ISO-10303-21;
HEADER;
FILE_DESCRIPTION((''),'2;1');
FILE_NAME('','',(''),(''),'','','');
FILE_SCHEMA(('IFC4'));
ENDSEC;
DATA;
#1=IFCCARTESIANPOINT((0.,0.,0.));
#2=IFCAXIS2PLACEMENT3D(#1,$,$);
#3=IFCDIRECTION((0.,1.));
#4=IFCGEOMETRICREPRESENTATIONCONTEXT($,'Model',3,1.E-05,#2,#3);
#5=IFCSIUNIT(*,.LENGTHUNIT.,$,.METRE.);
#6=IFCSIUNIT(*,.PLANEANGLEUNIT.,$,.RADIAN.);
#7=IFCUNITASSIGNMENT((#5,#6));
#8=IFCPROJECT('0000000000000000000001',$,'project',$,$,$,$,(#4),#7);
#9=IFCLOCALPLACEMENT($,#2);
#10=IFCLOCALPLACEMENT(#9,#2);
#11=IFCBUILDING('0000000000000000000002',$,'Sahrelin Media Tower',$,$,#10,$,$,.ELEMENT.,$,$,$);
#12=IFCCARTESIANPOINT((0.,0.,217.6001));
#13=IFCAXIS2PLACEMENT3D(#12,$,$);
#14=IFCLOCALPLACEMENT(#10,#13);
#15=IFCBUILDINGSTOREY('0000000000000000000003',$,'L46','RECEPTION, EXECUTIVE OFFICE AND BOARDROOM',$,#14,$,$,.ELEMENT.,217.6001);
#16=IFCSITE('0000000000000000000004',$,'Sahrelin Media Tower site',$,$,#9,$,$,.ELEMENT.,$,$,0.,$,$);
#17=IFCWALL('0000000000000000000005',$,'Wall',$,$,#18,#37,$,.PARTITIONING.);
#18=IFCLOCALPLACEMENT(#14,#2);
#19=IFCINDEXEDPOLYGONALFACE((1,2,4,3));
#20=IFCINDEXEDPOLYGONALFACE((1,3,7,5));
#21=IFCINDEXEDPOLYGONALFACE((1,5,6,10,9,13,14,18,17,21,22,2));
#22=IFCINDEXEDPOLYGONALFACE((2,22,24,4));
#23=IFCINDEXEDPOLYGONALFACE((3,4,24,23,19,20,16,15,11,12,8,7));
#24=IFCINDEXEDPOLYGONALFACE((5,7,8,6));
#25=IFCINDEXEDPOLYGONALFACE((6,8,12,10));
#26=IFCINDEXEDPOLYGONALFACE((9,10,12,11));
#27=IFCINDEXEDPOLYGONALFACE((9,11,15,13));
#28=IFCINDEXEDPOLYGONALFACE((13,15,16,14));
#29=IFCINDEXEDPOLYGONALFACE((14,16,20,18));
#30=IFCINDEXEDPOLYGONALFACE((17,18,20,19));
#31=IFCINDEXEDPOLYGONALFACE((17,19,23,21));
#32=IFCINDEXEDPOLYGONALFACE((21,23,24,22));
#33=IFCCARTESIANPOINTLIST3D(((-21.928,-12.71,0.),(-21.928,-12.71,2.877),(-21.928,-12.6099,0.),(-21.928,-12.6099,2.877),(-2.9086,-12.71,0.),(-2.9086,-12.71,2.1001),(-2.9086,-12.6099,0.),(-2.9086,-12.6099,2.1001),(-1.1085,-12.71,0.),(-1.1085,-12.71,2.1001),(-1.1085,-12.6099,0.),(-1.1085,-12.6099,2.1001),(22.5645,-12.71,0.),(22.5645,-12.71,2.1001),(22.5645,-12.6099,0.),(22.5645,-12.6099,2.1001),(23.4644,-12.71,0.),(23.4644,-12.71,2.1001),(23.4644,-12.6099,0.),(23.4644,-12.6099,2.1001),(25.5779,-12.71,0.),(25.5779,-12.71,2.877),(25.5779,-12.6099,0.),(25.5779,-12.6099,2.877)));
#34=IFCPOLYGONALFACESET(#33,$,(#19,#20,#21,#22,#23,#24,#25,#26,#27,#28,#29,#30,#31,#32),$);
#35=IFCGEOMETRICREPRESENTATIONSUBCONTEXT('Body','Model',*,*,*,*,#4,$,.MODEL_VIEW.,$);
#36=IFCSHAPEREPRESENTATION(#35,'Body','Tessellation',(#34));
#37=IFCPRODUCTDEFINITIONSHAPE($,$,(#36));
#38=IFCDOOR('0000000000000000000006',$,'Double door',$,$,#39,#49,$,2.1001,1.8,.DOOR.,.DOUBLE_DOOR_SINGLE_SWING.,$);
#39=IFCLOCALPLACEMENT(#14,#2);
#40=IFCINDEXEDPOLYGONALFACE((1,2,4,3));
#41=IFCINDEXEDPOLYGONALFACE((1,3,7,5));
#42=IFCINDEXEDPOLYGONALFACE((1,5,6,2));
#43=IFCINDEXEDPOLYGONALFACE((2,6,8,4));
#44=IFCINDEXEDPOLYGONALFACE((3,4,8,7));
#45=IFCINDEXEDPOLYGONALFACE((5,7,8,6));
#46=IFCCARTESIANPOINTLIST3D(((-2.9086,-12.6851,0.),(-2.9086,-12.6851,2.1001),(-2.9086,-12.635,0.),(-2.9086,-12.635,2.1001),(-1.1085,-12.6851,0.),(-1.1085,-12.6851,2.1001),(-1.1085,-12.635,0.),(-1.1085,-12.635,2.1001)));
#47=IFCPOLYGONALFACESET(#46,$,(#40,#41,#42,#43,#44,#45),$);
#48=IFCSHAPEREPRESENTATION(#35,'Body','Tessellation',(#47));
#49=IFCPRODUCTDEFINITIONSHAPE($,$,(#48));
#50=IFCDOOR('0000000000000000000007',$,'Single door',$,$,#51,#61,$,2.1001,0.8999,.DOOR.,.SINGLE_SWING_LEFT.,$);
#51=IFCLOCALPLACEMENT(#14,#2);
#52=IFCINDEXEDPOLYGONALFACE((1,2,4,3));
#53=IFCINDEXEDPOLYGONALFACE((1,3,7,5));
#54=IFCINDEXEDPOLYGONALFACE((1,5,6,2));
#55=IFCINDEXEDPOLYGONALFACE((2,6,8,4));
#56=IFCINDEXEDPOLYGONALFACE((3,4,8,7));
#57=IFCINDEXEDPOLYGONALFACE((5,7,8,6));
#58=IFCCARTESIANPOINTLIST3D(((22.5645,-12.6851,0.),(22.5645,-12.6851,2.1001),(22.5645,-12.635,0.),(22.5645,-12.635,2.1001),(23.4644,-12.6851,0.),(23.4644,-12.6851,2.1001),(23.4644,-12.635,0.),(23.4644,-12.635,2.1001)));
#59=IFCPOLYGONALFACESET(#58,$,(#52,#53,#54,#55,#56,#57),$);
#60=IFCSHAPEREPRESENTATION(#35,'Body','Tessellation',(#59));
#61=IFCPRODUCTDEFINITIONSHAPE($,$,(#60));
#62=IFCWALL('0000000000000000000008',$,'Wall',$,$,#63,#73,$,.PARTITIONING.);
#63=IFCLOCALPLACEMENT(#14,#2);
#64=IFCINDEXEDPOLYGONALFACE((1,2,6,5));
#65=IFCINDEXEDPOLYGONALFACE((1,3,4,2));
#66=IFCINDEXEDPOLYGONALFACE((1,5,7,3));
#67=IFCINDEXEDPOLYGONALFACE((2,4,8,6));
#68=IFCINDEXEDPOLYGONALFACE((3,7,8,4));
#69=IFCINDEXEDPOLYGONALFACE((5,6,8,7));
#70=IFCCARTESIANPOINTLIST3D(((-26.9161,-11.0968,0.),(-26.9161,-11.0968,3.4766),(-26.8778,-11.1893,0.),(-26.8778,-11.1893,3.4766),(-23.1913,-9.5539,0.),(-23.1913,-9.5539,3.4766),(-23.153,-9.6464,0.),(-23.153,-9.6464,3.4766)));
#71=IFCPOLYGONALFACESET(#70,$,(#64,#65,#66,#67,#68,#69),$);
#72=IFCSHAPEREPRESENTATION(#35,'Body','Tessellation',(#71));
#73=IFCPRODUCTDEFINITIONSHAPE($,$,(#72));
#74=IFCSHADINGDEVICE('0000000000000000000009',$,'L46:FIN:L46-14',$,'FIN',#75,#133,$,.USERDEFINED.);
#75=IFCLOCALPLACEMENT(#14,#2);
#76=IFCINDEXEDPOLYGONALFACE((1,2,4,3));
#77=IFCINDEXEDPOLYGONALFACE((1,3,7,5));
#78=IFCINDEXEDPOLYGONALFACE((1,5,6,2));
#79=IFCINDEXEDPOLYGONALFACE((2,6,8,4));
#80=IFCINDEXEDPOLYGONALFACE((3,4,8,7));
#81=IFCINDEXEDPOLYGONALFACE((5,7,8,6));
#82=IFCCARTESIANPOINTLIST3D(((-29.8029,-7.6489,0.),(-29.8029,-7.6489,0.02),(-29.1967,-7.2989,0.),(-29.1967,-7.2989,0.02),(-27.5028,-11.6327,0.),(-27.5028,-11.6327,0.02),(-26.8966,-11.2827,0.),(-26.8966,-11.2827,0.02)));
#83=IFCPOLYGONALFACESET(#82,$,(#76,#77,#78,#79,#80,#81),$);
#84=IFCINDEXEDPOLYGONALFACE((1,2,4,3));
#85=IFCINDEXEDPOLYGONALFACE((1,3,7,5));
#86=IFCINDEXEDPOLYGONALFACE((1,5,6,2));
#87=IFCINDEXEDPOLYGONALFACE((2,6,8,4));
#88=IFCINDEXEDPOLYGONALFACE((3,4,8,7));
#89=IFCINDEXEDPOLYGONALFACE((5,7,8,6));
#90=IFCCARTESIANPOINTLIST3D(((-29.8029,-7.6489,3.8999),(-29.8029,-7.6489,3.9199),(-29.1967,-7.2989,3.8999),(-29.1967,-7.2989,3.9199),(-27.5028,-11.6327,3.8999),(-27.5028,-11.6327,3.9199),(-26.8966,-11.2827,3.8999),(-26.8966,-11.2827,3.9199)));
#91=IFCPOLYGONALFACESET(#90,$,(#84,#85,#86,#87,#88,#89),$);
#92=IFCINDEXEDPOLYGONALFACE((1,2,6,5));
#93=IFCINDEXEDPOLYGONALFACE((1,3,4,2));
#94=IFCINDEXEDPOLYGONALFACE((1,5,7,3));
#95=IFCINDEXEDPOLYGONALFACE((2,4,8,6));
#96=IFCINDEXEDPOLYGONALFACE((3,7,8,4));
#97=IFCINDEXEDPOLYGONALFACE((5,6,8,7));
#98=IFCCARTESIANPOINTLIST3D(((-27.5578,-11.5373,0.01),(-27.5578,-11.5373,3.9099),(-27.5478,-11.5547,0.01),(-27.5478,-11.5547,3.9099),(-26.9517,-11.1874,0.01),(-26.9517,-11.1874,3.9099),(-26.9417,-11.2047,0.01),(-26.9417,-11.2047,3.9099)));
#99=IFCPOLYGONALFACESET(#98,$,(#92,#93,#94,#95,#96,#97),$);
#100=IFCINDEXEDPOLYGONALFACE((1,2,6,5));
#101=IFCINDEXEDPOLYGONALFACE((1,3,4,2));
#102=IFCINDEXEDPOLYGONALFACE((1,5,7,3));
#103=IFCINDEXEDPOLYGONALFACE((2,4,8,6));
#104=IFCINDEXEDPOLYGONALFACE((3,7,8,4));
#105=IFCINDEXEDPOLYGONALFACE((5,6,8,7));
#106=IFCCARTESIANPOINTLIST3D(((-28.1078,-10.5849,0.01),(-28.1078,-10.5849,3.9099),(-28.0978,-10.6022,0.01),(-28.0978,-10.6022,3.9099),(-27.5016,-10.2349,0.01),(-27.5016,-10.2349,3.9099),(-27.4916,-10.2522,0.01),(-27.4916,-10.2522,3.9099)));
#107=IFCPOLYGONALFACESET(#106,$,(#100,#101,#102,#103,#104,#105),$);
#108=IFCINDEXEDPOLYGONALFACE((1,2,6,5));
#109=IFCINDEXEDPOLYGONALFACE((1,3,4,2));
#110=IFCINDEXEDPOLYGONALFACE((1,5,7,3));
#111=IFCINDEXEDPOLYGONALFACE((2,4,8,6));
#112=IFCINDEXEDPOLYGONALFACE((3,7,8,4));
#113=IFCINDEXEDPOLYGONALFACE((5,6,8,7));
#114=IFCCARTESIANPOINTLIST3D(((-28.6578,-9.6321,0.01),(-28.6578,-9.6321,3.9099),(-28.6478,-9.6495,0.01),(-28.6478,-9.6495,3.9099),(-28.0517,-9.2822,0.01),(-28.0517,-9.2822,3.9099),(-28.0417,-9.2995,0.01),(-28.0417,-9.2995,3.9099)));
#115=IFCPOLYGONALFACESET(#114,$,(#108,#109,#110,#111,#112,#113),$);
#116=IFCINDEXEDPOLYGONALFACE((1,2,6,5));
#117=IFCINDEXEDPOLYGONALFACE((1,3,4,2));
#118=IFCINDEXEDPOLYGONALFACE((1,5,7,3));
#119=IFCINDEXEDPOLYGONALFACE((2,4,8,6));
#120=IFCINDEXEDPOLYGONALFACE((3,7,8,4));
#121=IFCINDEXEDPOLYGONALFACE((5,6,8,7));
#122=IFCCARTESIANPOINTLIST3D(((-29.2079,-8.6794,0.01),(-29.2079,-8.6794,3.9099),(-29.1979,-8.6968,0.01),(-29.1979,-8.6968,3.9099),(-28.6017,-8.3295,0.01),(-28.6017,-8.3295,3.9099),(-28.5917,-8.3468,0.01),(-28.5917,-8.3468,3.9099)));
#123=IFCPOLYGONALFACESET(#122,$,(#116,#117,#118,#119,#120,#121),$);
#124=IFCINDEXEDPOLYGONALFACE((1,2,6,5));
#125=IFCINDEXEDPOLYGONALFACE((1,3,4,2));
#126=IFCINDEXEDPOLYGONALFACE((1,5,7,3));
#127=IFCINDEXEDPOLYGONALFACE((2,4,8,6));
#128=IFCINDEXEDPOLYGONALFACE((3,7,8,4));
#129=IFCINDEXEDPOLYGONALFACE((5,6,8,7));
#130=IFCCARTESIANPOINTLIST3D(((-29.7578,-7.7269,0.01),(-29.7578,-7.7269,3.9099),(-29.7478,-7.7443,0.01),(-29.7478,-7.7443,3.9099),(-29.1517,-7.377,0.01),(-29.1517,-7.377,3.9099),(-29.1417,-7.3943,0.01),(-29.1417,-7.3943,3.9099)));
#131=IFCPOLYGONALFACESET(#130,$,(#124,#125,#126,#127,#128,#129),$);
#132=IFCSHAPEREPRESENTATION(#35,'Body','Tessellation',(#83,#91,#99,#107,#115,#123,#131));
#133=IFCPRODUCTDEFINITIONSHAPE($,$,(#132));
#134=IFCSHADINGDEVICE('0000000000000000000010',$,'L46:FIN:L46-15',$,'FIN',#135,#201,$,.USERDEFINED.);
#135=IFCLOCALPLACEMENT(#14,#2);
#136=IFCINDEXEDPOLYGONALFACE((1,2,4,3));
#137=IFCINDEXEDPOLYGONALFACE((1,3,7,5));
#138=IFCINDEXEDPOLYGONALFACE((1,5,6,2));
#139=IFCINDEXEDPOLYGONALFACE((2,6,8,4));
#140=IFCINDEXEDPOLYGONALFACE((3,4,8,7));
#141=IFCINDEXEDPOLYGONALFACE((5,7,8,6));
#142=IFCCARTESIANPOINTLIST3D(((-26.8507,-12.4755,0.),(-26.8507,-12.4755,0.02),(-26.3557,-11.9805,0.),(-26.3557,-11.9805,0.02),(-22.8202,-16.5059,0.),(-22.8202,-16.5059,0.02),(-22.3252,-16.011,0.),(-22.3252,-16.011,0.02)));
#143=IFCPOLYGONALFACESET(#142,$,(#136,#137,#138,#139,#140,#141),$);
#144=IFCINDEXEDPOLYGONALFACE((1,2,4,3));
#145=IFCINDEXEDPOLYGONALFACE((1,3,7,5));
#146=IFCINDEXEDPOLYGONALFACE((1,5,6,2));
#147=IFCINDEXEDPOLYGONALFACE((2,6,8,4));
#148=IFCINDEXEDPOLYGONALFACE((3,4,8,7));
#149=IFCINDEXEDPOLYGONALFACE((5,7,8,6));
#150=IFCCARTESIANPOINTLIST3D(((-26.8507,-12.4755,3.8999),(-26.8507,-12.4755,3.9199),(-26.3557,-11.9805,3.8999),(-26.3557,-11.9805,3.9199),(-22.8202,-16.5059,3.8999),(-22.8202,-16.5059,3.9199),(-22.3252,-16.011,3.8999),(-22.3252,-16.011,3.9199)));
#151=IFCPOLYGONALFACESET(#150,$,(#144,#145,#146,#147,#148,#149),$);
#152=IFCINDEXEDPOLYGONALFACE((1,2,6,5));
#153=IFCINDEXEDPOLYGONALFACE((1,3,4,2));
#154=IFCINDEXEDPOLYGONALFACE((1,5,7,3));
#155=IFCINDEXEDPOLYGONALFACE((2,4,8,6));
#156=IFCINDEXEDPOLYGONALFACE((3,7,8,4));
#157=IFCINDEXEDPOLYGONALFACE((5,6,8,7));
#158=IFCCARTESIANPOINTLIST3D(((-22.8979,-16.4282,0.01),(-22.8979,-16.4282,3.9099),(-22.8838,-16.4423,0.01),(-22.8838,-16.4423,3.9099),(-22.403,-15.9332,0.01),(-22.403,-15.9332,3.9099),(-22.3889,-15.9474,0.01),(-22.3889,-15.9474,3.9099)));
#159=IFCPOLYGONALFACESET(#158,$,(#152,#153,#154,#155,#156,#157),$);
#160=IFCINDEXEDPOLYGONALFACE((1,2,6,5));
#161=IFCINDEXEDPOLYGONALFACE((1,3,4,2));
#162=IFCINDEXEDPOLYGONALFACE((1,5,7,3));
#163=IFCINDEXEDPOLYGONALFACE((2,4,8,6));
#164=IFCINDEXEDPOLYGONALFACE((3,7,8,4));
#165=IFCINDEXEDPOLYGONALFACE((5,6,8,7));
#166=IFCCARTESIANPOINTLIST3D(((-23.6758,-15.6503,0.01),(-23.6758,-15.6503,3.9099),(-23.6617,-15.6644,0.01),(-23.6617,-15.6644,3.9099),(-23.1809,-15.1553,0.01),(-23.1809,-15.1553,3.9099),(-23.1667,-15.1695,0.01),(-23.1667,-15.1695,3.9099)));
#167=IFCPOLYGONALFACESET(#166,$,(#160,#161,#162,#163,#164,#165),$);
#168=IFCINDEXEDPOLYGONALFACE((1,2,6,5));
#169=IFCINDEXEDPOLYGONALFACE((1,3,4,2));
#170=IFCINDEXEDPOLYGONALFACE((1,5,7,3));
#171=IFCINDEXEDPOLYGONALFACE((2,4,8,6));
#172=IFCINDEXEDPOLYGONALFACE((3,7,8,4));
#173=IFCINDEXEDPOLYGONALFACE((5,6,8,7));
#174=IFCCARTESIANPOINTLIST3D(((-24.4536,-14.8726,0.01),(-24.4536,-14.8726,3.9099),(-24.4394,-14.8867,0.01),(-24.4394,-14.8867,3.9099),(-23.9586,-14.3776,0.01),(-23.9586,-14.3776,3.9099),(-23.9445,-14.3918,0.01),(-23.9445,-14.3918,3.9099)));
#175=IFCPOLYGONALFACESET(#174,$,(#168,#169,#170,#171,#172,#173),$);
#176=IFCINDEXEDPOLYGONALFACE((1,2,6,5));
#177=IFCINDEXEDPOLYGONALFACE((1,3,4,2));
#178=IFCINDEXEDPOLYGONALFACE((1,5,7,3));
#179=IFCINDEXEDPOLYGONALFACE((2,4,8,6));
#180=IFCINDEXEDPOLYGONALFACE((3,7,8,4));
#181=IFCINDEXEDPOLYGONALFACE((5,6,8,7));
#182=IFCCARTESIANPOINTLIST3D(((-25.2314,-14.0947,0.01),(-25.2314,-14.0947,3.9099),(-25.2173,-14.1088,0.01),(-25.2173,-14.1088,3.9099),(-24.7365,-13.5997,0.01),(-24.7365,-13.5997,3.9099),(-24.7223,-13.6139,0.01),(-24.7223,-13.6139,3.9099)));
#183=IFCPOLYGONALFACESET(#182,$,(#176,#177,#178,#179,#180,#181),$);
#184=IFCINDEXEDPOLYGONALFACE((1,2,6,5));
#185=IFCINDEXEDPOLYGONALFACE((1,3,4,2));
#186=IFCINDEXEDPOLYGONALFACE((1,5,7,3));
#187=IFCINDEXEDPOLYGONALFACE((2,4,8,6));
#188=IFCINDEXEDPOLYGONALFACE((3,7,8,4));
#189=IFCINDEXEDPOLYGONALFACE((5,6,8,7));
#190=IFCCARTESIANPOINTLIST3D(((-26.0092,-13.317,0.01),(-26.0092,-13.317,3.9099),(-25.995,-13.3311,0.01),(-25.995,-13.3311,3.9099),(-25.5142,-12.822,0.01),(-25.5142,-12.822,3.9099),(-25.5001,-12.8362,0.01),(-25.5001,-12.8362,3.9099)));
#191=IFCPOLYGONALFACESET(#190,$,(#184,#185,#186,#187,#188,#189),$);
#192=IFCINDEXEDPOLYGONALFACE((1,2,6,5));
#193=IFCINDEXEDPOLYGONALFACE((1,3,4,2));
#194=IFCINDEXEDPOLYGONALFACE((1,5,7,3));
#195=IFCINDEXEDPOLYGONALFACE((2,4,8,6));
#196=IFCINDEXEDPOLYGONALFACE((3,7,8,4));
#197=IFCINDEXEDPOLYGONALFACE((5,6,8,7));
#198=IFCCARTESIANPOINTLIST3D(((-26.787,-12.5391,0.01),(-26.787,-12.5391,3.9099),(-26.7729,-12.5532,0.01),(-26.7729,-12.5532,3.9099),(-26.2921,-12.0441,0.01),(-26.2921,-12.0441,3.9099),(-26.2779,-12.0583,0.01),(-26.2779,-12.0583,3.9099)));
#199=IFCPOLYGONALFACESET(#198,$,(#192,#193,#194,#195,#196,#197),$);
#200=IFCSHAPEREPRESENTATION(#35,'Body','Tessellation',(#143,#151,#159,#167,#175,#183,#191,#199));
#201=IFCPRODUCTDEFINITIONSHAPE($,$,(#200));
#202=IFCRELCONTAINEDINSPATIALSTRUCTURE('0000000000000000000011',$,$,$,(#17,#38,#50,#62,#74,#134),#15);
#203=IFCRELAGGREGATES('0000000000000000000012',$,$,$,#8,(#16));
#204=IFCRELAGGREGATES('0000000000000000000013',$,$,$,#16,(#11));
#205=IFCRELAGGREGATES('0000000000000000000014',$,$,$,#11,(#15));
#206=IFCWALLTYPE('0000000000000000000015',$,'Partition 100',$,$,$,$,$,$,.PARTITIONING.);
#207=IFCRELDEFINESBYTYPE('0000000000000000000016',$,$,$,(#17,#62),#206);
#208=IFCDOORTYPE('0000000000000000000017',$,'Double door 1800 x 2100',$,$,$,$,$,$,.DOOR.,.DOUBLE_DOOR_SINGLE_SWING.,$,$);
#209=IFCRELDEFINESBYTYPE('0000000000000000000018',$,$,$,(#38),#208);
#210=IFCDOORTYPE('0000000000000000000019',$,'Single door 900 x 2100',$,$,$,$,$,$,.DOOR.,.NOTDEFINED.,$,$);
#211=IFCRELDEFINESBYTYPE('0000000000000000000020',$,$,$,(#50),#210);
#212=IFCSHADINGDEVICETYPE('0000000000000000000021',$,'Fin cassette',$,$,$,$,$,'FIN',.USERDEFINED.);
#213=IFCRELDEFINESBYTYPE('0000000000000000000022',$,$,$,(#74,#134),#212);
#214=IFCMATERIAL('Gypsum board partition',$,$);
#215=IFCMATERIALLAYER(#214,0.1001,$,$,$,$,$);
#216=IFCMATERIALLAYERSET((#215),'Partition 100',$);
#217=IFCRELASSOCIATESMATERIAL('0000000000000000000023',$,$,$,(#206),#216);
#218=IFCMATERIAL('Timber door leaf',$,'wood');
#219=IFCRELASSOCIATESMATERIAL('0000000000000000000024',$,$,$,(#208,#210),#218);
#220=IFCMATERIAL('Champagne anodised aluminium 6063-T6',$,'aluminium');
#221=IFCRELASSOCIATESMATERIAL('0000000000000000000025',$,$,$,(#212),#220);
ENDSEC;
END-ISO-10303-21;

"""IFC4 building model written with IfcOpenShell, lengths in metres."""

from ifc_helpers import new_model, si_unit, direction, frame, frame_2d, origin, origin_2d, place, context, subcontext, project, spatial, rectangle, extrude, material, layer, layer_set, type_object, element, fill, save


model = new_model("IFC4")

# Units and contexts
model_context = context("Model", 3, precision=1e-05, world=origin(), true_north=direction((0.0, 1.0)))
body_context = subcontext(model_context, "Body", "Model", "MODEL_VIEW")
ifc_project = project(units=[si_unit("LENGTHUNIT", "METRE"), si_unit("PLANEANGLEUNIT", "RADIAN")], contexts=[model_context])

# Site, building, storey
site_placement = place(None, origin())
site = spatial("IfcSite", under=ifc_project, at=site_placement, Name="Sahrelin Media Tower site", CompositionType="ELEMENT", RefElevation=0.0)
building_placement = place(site_placement, origin())
building = spatial("IfcBuilding", under=site, at=building_placement, Name="Sahrelin Media Tower", CompositionType="ELEMENT")
storey_placement = place(building_placement, frame((0.0, 0.0, 217.6001)))
storey = spatial("IfcBuildingStorey", under=building, at=storey_placement, Name="L46", Description="RECEPTION, EXECUTIVE OFFICE AND BOARDROOM", CompositionType="ELEMENT", Elevation=217.6001)

# Shared definitions
ifc_material_1 = material(Name="Champagne anodised aluminium 6063-T6", Category="aluminium")

# Wall, openings, doors
ifc_material_2 = material(Name="Gypsum board partition")
ifc_layer_1 = layer(ifc_material_2, 0.1001)
ifc_layer_set_1 = layer_set([ifc_layer_1], Name="Partition 100")
wall_type_1 = type_object("IfcWallType", Name="Partition 100", PredefinedType="PARTITIONING", material=ifc_layer_set_1)
wall_1_placement = place(storey_placement, frame((-21.928, -12.6599, 0.0), z_axis=(0.0, 0.0, 1.0), x_axis=(1.0, 0.0, 0.0)))
wall_1 = element("IfcWall", 1, at=wall_1_placement, inside=storey, type_object=wall_type_1, Name="Wall", PredefinedType="PARTITIONING", context=body_context, shape_type="SweptSolid", body=[
    extrude(rectangle(XDim=47.5059, YDim=0.1001, at=frame_2d((23.7529, 0.0))), origin(), (0.0, 0.0, 1.0), 2.877),
])
opening_1_placement = place(wall_1_placement, frame((19.0195, 0.0, 0.0)))
opening_1 = element("IfcOpeningElement", 2, at=opening_1_placement, cuts=wall_1, PredefinedType="OPENING", context=body_context, shape_type="SweptSolid", body=[
    extrude(rectangle(XDim=1.8, YDim=2.1001, at=frame_2d((0.8999, 1.05))), frame((0.0, 0.05, 0.0), z_axis=(0.0, -1.0, 0.0), x_axis=(1.0, 0.0, 0.0)), (0.0, 0.0, 1.0), 0.1001),
])
opening_2_placement = place(wall_1_placement, frame((44.4924, 0.0, 0.0)))
opening_2 = element("IfcOpeningElement", 3, at=opening_2_placement, cuts=wall_1, PredefinedType="OPENING", context=body_context, shape_type="SweptSolid", body=[
    extrude(rectangle(XDim=0.8999, YDim=2.1001, at=frame_2d((0.45, 1.05))), frame((0.0, 0.05, 0.0), z_axis=(0.0, -1.0, 0.0), x_axis=(1.0, 0.0, 0.0)), (0.0, 0.0, 1.0), 0.1001),
])
ifc_material_3 = material(Name="Timber door leaf", Category="wood")
door_type_1 = type_object("IfcDoorType", Name="Double door 1800 x 2100", OperationType="DOUBLE_DOOR_SINGLE_SWING", PredefinedType="DOOR", material=ifc_material_3)
door_1_placement = place(opening_1_placement, origin())
door_1 = element("IfcDoor", 4, at=door_1_placement, inside=storey, type_object=door_type_1, Name="Double door", OperationType="DOUBLE_DOOR_SINGLE_SWING", OverallHeight=2.1001, OverallWidth=1.8, PredefinedType="DOOR", context=body_context, shape_type="SweptSolid", body=[
    extrude(rectangle(XDim=1.8, YDim=2.1001, at=frame_2d((0.8999, 1.05))), frame((0.0, 0.0249, 0.0), z_axis=(0.0, -1.0, 0.0), x_axis=(1.0, 0.0, 0.0)), (0.0, 0.0, 1.0), 0.05),
])
fill(opening_1, door_1)
door_type_2 = type_object("IfcDoorType", Name="Single door 900 x 2100", OperationType="NOTDEFINED", PredefinedType="DOOR", material=ifc_material_3)
door_2_placement = place(opening_2_placement, origin())
door_2 = element("IfcDoor", 5, at=door_2_placement, inside=storey, type_object=door_type_2, Name="Single door", OperationType="SINGLE_SWING_LEFT", OverallHeight=2.1001, OverallWidth=0.8999, PredefinedType="DOOR", context=body_context, shape_type="SweptSolid", body=[
    extrude(rectangle(XDim=0.8999, YDim=2.1001, at=frame_2d((0.45, 1.05))), frame((0.0, 0.0249, 0.0), z_axis=(0.0, -1.0, 0.0), x_axis=(1.0, 0.0, 0.0)), (0.0, 0.0, 1.0), 0.05),
])
fill(opening_2, door_2)

# Wall
wall_2_placement = place(storey_placement, frame((-26.897, -11.1431, 0.0), z_axis=(0.0, 0.0, 1.0), x_axis=(0.923872, 0.382701, 0.0)))
element("IfcWall", 6, at=wall_2_placement, inside=storey, type_object=wall_type_1, Name="Wall", PredefinedType="PARTITIONING", context=body_context, shape_type="SweptSolid", body=[
    extrude(rectangle(XDim=4.0317, YDim=0.1001, at=frame_2d((2.0159, 0.0))), origin(), (0.0, 0.0, 1.0), 3.4766),
])

# Shading devices
shading_device_type_1 = type_object("IfcShadingDeviceType", Name="Fin cassette", ElementType="FIN", PredefinedType="USERDEFINED", material=ifc_material_1)
placement_1 = place(storey_placement, frame((-27.9861, -9.2559, 0.0), z_axis=(0.0, 0.0, 1.0), x_axis=(-0.500011, 0.866019, 0.0)))
element("IfcShadingDevice", 7, at=placement_1, inside=storey, type_object=shading_device_type_1, Name="L46:FIN:L46-14", ObjectType="FIN", PredefinedType="USERDEFINED", context=body_context, shape_type="SweptSolid", body=[
    extrude(rectangle(XDim=4.6001, YDim=0.7, at=origin_2d()), frame((0.0, 0.4199, 0.0)), (0.0, 0.0, 1.0), 0.02),
    extrude(rectangle(XDim=4.6001, YDim=0.7, at=origin_2d()), frame((0.0, 0.4199, 3.8999)), (0.0, 0.0, 1.0), 0.02),
    extrude(rectangle(XDim=0.02, YDim=0.7, at=origin_2d()), frame((-2.2, 0.4199, 0.01), z_axis=(0.0, 0.0, 1.0), x_axis=(1.0, 0.0, 0.0)), (0.0, 0.0, 1.0), 3.8999),
    extrude(rectangle(XDim=0.02, YDim=0.7, at=origin_2d()), frame((-1.1001, 0.4199, 0.01), z_axis=(0.0, 0.0, 1.0), x_axis=(1.0, 0.0, 0.0)), (0.0, 0.0, 1.0), 3.8999),
    extrude(rectangle(XDim=0.02, YDim=0.7, at=origin_2d()), frame((0.0, 0.4199, 0.01), z_axis=(0.0, 0.0, 1.0), x_axis=(1.0, 0.0, 0.0)), (0.0, 0.0, 1.0), 3.8999),
    extrude(rectangle(XDim=0.02, YDim=0.7, at=origin_2d()), frame((1.1001, 0.4199, 0.01), z_axis=(0.0, 0.0, 1.0), x_axis=(1.0, 0.0, 0.0)), (0.0, 0.0, 1.0), 3.8999),
    extrude(rectangle(XDim=0.02, YDim=0.7, at=origin_2d()), frame((2.2, 0.4199, 0.01), z_axis=(0.0, 0.0, 1.0), x_axis=(1.0, 0.0, 0.0)), (0.0, 0.0, 1.0), 3.8999),
])
placement_2 = place(storey_placement, frame((-24.291, -13.9463, 0.0), z_axis=(0.0, 0.0, 1.0), x_axis=(-0.707107, 0.707107, 0.0)))
element("IfcShadingDevice", 8, at=placement_2, inside=storey, type_object=shading_device_type_1, Name="L46:FIN:L46-15", ObjectType="FIN", PredefinedType="USERDEFINED", context=body_context, shape_type="SweptSolid", body=[
    extrude(rectangle(XDim=5.7, YDim=0.7, at=origin_2d()), frame((0.0, 0.4199, 0.0)), (0.0, 0.0, 1.0), 0.02),
    extrude(rectangle(XDim=5.7, YDim=0.7, at=origin_2d()), frame((0.0, 0.4199, 3.8999)), (0.0, 0.0, 1.0), 0.02),
    extrude(rectangle(XDim=0.02, YDim=0.7, at=origin_2d()), frame((-2.75, 0.4199, 0.01), z_axis=(0.0, 0.0, 1.0), x_axis=(1.0, 0.0, 0.0)), (0.0, 0.0, 1.0), 3.8999),
    extrude(rectangle(XDim=0.02, YDim=0.7, at=origin_2d()), frame((-1.6499, 0.4199, 0.01), z_axis=(0.0, 0.0, 1.0), x_axis=(1.0, 0.0, 0.0)), (0.0, 0.0, 1.0), 3.8999),
    extrude(rectangle(XDim=0.02, YDim=0.7, at=origin_2d()), frame((-0.55, 0.4199, 0.01), z_axis=(0.0, 0.0, 1.0), x_axis=(1.0, 0.0, 0.0)), (0.0, 0.0, 1.0), 3.8999),
    extrude(rectangle(XDim=0.02, YDim=0.7, at=origin_2d()), frame((0.55, 0.4199, 0.01), z_axis=(0.0, 0.0, 1.0), x_axis=(1.0, 0.0, 0.0)), (0.0, 0.0, 1.0), 3.8999),
    extrude(rectangle(XDim=0.02, YDim=0.7, at=origin_2d()), frame((1.6499, 0.4199, 0.01), z_axis=(0.0, 0.0, 1.0), x_axis=(1.0, 0.0, 0.0)), (0.0, 0.0, 1.0), 3.8999),
    extrude(rectangle(XDim=0.02, YDim=0.7, at=origin_2d()), frame((2.75, 0.4199, 0.01), z_axis=(0.0, 0.0, 1.0), x_axis=(1.0, 0.0, 0.0)), (0.0, 0.0, 1.0), 3.8999),
])

save(model, "model.ifc")
